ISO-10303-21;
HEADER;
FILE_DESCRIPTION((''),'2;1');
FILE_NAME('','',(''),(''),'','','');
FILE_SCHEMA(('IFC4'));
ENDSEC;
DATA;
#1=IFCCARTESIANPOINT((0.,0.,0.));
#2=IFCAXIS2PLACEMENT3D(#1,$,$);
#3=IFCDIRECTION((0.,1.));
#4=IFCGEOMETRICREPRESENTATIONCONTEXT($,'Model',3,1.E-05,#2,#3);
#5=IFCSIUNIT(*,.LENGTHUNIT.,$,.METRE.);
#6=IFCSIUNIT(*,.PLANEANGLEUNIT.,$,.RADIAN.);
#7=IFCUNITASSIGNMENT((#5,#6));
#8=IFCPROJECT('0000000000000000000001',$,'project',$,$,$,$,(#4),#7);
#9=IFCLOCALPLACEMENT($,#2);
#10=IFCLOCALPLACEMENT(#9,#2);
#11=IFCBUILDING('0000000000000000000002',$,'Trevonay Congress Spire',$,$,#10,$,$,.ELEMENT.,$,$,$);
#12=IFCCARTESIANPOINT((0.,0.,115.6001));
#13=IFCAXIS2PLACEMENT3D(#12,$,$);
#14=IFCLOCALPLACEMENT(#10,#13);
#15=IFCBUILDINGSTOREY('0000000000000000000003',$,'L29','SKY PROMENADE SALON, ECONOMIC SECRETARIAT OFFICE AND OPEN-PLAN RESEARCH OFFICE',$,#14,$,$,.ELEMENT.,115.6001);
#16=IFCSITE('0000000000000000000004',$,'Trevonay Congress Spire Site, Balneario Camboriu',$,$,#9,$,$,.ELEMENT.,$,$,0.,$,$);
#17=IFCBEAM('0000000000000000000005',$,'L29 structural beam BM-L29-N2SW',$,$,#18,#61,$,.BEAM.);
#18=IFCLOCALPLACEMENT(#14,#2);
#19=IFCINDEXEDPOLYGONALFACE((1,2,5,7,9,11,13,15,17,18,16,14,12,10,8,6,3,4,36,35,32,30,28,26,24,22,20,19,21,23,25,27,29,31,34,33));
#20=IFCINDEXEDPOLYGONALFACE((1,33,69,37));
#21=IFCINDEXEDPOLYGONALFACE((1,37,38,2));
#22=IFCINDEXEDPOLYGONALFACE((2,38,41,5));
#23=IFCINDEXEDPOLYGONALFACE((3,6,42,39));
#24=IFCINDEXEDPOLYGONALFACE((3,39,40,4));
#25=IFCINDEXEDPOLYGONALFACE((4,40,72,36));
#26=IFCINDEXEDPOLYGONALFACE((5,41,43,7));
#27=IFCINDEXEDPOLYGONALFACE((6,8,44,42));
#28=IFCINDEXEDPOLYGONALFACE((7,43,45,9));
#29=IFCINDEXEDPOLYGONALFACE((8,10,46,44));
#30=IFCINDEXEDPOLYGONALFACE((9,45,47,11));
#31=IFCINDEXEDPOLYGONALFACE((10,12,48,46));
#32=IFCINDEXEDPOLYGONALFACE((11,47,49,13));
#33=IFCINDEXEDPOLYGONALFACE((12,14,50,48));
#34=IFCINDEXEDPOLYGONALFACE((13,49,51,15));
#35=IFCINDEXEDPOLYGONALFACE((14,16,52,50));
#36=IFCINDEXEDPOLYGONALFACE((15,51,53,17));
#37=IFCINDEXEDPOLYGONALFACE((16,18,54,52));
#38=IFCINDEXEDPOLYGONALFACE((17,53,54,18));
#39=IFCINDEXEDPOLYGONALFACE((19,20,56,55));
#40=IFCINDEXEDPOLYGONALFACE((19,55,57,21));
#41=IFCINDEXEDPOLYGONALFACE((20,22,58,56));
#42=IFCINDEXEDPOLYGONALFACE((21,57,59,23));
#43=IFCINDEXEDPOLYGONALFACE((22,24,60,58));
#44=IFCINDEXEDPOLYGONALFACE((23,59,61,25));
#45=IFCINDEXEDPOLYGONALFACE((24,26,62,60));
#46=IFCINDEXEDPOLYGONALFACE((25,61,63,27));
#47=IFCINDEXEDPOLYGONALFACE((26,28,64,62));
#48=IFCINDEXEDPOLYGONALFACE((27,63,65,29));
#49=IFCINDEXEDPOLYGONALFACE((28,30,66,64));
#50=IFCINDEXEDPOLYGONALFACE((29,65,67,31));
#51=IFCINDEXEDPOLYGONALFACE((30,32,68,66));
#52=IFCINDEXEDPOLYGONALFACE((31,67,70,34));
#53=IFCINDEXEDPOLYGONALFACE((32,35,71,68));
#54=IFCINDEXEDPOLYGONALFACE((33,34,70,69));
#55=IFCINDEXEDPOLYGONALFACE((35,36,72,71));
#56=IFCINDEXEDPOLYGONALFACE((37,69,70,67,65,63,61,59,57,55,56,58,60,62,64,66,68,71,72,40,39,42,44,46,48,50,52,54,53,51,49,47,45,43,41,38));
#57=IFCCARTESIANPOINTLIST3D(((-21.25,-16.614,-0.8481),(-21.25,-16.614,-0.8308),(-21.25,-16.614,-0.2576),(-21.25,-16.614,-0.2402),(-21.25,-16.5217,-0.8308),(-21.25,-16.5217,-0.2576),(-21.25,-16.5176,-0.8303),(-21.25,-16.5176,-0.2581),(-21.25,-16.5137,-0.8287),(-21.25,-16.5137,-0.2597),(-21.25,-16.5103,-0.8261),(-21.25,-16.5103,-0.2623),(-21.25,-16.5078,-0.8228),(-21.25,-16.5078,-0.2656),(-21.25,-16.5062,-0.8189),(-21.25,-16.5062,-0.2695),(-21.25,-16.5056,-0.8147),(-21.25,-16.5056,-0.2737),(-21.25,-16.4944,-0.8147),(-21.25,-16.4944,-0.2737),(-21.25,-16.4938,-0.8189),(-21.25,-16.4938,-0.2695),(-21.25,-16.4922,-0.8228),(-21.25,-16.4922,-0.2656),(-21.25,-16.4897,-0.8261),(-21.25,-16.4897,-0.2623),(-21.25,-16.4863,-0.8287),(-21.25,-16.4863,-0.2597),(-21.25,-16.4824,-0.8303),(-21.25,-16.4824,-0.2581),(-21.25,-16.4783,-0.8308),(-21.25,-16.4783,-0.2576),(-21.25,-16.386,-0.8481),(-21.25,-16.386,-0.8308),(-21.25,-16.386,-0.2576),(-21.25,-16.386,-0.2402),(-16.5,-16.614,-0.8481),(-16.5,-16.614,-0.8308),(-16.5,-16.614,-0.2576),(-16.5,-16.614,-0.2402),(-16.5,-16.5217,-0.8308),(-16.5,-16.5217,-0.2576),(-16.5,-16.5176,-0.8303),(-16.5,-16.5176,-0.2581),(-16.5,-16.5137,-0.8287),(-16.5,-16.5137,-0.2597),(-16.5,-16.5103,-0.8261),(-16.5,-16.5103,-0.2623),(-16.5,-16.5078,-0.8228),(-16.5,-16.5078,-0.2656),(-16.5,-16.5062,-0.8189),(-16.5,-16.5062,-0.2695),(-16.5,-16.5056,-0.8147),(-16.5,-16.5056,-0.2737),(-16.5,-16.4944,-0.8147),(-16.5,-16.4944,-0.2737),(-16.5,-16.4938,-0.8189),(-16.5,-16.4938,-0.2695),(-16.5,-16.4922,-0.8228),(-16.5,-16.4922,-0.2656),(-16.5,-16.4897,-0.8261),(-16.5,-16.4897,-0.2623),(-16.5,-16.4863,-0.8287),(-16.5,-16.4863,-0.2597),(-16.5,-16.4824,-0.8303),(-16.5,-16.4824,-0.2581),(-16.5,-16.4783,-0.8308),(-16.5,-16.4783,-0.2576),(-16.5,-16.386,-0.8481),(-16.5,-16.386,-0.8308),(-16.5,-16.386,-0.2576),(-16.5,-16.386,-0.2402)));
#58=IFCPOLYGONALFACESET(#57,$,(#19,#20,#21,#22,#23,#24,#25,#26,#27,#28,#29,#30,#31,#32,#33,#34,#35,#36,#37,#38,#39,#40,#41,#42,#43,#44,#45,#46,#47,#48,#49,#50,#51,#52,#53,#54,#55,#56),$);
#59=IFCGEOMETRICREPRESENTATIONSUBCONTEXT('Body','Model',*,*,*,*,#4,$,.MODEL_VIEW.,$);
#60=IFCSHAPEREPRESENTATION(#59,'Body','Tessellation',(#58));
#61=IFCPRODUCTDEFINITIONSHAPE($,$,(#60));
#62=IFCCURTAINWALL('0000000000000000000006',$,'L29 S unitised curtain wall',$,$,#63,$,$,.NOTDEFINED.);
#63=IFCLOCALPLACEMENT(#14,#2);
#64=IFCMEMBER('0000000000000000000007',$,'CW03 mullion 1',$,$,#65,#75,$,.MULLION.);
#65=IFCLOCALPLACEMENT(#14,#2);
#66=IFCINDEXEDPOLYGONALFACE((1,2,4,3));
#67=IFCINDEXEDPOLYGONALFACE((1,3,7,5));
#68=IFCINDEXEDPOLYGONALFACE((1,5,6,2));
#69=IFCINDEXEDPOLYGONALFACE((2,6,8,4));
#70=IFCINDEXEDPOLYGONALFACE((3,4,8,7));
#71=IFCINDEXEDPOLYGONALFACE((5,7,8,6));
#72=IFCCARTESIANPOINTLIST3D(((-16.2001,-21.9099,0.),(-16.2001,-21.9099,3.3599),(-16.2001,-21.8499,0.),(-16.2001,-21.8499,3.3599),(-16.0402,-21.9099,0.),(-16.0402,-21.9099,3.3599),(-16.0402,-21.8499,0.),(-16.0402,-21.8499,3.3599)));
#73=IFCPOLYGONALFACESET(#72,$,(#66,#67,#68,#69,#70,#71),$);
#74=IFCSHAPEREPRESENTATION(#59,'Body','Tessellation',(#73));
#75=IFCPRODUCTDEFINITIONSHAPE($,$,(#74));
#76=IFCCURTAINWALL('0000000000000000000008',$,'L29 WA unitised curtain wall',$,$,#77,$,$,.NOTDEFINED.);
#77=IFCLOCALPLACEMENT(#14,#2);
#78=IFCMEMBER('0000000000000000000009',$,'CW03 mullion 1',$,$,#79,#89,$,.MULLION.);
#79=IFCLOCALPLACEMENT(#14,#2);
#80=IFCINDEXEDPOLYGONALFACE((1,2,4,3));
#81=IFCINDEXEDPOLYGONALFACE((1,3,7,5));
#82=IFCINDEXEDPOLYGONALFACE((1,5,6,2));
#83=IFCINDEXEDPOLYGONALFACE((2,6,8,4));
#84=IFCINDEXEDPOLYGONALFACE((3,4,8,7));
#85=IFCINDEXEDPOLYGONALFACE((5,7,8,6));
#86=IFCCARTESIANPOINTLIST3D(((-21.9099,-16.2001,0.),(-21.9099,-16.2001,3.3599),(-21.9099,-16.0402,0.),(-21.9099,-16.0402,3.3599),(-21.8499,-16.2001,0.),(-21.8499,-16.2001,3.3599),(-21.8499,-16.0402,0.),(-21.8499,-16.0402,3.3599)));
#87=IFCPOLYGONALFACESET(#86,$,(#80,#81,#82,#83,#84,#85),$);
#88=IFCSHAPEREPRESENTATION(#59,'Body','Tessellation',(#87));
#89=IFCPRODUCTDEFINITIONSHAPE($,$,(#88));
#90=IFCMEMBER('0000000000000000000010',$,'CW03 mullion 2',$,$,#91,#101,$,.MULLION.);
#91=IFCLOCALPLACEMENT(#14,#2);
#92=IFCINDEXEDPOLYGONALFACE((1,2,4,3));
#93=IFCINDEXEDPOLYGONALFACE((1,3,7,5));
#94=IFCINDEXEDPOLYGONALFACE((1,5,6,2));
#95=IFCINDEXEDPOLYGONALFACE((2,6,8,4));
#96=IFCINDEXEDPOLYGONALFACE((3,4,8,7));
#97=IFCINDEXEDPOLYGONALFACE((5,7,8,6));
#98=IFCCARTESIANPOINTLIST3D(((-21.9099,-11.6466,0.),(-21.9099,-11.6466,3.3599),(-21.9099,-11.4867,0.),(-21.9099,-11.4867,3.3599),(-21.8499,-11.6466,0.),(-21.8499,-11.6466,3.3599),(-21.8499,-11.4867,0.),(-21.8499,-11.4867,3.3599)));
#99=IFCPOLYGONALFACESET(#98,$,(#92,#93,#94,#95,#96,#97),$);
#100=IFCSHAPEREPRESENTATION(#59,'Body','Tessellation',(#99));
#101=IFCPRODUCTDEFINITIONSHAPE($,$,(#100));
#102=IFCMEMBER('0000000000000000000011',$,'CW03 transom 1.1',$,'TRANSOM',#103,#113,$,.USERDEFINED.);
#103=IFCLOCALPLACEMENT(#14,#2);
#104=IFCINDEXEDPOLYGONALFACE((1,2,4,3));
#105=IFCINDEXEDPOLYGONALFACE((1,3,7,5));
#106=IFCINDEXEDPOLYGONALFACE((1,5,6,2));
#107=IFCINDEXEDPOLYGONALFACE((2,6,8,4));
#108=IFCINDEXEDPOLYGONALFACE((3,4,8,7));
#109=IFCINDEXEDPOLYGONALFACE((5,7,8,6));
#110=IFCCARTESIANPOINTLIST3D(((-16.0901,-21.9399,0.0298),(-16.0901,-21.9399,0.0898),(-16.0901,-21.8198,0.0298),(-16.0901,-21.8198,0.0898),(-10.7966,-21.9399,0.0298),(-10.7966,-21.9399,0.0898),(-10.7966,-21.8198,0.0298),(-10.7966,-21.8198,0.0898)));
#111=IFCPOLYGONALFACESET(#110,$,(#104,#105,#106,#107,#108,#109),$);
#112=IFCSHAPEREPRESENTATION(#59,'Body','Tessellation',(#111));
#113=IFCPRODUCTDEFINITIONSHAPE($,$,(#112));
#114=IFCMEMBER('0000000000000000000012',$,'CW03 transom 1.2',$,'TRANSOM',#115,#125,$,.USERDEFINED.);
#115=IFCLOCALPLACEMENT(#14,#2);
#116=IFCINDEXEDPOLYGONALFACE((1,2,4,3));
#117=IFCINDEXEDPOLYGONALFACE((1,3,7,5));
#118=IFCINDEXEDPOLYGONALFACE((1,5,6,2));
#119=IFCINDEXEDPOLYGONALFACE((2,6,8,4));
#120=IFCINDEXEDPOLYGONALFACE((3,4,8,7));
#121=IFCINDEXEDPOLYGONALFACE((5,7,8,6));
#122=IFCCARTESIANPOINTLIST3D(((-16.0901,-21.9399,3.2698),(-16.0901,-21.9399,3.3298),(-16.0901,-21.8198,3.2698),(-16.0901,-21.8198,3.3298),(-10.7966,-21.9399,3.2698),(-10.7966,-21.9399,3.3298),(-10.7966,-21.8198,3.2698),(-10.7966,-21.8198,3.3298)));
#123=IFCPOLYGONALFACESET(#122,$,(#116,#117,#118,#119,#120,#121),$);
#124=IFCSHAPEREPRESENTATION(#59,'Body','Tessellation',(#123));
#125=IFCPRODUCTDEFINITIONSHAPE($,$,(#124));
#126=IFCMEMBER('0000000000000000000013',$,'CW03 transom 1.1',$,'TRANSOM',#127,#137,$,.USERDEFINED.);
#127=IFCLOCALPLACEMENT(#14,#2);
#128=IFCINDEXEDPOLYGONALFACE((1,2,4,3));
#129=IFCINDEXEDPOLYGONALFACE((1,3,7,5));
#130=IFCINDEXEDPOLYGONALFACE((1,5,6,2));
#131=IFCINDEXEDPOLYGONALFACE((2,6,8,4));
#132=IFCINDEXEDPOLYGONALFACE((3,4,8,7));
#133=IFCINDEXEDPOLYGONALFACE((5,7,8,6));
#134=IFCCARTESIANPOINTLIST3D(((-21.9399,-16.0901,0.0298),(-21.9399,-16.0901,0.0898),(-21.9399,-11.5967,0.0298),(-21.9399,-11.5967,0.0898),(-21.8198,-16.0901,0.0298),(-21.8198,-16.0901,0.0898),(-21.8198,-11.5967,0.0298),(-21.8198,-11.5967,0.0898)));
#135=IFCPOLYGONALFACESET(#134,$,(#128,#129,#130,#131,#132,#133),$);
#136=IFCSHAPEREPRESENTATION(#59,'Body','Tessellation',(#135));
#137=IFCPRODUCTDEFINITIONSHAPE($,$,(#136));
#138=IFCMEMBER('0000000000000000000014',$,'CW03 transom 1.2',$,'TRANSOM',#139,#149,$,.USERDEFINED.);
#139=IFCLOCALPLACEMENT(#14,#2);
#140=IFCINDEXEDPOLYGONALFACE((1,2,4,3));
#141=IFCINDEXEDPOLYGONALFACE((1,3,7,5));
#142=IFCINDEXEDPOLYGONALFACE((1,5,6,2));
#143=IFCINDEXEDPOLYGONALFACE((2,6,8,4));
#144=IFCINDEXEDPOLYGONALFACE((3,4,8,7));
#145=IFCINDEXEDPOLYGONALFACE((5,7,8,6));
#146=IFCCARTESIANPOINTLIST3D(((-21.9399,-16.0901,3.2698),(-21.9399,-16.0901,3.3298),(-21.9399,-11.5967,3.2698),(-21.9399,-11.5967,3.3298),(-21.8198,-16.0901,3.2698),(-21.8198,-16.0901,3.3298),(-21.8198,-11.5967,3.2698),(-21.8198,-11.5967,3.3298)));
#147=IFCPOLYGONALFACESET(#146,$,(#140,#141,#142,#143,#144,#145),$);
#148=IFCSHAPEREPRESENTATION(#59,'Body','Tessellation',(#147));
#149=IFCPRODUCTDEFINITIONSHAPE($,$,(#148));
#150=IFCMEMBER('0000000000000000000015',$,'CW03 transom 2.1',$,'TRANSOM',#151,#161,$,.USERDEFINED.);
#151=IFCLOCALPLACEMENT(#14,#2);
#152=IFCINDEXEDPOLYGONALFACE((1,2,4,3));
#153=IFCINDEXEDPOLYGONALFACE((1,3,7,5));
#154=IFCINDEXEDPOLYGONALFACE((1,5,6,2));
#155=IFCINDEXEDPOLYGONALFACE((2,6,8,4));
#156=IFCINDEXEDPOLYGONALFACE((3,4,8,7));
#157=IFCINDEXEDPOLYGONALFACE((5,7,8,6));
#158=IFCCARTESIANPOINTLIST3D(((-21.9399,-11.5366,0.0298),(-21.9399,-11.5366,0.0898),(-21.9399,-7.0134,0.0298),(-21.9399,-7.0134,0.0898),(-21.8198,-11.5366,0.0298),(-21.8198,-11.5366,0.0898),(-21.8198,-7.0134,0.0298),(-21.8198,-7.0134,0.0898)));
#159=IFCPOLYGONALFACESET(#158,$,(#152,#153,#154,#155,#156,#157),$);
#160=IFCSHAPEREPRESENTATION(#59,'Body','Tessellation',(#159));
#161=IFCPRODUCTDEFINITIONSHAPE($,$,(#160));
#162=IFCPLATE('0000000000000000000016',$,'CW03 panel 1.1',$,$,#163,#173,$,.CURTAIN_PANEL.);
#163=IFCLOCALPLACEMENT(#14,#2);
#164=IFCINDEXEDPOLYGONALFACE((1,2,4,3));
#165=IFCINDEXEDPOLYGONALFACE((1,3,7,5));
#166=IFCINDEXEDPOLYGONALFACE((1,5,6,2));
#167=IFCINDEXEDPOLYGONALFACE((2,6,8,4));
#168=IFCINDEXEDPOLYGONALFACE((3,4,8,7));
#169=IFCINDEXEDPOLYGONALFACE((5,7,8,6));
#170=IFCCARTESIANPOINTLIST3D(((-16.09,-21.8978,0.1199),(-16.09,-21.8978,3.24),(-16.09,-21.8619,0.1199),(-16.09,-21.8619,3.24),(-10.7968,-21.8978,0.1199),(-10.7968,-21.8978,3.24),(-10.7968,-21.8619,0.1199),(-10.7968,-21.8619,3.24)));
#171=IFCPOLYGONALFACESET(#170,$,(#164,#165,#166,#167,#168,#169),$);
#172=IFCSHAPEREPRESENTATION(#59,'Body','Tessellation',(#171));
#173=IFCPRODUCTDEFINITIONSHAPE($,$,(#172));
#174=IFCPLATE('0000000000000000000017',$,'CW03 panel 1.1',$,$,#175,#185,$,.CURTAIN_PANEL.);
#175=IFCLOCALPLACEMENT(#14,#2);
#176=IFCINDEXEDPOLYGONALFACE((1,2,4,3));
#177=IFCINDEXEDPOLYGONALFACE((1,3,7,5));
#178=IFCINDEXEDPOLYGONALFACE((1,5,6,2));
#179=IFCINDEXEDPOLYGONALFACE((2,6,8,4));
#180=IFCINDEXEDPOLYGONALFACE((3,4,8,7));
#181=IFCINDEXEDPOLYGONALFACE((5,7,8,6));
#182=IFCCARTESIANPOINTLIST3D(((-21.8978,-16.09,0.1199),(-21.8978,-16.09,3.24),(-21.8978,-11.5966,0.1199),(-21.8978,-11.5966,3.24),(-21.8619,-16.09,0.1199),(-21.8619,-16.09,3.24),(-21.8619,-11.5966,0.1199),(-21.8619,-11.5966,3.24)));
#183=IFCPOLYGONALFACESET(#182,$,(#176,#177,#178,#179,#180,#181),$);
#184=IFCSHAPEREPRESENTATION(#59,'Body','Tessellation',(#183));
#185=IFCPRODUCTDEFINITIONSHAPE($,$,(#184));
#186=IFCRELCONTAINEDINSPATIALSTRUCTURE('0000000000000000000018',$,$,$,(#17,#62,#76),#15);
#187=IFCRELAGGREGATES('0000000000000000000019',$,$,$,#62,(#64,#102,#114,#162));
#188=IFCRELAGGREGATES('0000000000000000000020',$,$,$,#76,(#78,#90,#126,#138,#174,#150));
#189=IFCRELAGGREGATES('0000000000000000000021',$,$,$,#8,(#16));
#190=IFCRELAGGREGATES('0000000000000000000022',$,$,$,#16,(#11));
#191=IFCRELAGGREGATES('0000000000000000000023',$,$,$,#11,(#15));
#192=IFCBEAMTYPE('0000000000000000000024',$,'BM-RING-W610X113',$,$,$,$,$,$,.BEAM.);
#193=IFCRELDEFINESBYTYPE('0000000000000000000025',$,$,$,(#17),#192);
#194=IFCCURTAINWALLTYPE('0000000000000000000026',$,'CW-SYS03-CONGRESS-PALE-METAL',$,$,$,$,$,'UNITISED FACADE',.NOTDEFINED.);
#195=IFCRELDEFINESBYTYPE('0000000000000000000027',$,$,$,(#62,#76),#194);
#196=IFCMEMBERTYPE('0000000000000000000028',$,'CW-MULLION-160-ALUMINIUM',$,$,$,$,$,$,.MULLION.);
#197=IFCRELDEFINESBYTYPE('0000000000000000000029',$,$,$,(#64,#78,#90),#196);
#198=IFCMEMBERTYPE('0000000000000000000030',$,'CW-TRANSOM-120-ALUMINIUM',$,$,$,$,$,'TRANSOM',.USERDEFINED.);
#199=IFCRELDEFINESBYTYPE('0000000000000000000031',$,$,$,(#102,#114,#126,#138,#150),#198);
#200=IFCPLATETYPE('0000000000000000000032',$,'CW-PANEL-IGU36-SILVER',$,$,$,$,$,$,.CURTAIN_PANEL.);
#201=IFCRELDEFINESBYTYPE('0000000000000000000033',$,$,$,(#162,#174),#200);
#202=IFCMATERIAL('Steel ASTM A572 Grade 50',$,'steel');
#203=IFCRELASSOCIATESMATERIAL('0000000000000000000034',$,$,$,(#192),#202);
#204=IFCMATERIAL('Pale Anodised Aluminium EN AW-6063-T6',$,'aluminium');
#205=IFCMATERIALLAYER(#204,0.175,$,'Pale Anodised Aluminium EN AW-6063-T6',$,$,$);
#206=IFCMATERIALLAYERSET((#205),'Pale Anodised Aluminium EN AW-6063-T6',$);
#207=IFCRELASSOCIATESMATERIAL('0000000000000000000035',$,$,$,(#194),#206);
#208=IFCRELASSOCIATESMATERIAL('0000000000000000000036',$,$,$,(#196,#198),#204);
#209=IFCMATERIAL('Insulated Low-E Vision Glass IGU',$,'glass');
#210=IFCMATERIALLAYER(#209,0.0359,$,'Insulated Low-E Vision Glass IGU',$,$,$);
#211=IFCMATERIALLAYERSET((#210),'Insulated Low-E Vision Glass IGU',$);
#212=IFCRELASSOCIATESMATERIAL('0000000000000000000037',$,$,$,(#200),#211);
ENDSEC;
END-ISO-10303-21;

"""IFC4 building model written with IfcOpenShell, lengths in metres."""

from ifc_helpers import new_model, si_unit, direction, frame, origin, origin_2d, place, context, subcontext, project, spatial, rectangle, i_section, extrude, material, layer, layer_set, material_profile, profile_set, type_object, element, aggregate, save


model = new_model("IFC4")

# Units and contexts
model_context = context("Model", 3, precision=1e-05, world=origin(), true_north=direction((0.0, 1.0)))
body_context = subcontext(model_context, "Body", "Model", "MODEL_VIEW")
ifc_project = project(units=[si_unit("LENGTHUNIT", "METRE"), si_unit("PLANEANGLEUNIT", "RADIAN")], contexts=[model_context])

# Site, building, storey
site_placement = place(None, origin())
site = spatial("IfcSite", under=ifc_project, at=site_placement, Name="Trevonay Congress Spire Site, Balneario Camboriu", CompositionType="ELEMENT", RefElevation=0.0)
building_placement = place(site_placement, origin())
building = spatial("IfcBuilding", under=site, at=building_placement, Name="Trevonay Congress Spire", CompositionType="ELEMENT")
storey_placement = place(building_placement, frame((0.0, 0.0, 115.6001)))
storey = spatial("IfcBuildingStorey", under=building, at=storey_placement, Name="L29", Description="SKY PROMENADE SALON, ECONOMIC SECRETARIAT OFFICE AND OPEN-PLAN RESEARCH OFFICE", CompositionType="ELEMENT", Elevation=115.6001)

# Shared definitions
ifc_material_1 = material(Name="Steel ASTM A572 Grade 50", Category="steel")

# Beam
ifc_material_profile_1 = material_profile(ifc_material_1, i_section(OverallWidth=0.228, OverallDepth=0.6079, WebThickness=0.0112, FlangeThickness=0.0173, FilletRadius=0.0161, at=origin_2d()), Name="W610x113")
ifc_profile_set_1 = profile_set([ifc_material_profile_1], Name="Steel ASTM A572 Grade 50")
beam_type = type_object("IfcBeamType", Name="BM-RING-W610X113", PredefinedType="BEAM", material=ifc_profile_set_1)
for number, where, z_axis, x_axis, name in (
    (1, (-21.25, -16.5, -0.5442), (1.0, 0.0, 0.0), (0.0, 1.0, 0.0), "L29 structural beam BM-L29-N2SW"),
):
    element("IfcBeam", number, at=place(storey_placement, frame(where, z_axis=z_axis, x_axis=x_axis)), inside=storey, type_object=beam_type, Name=name, PredefinedType="BEAM", context=body_context, shape_type="SweptSolid", body=[
        extrude(i_section(OverallWidth=0.228, OverallDepth=0.6079, WebThickness=0.0112, FlangeThickness=0.0173, FilletRadius=0.0161, at=origin_2d()), origin(), (0.0, 0.0, 1.0), 4.75),
    ])

# Curtain wall, member
ifc_material_2 = material(Name="Pale Anodised Aluminium EN AW-6063-T6", Category="aluminium")
ifc_layer_1 = layer(ifc_material_2, 0.175, Name="Pale Anodised Aluminium EN AW-6063-T6")
ifc_layer_set_1 = layer_set([ifc_layer_1], Name="Pale Anodised Aluminium EN AW-6063-T6")
curtain_wall_type = type_object("IfcCurtainWallType", Name="CW-SYS03-CONGRESS-PALE-METAL", ElementType="UNITISED FACADE", PredefinedType="NOTDEFINED", material=ifc_layer_set_1)
curtain_wall_1_placement = place(storey_placement, origin())
curtain_wall_1 = element("IfcCurtainWall", 2, at=curtain_wall_1_placement, inside=storey, type_object=curtain_wall_type, Name="L29 S unitised curtain wall", PredefinedType="NOTDEFINED")
ifc_material_profile_2 = material_profile(ifc_material_2, rectangle(XDim=0.0601, YDim=0.1599, at=origin_2d()), Name="CW-MULLION-160-ALUMINIUM")
ifc_profile_set_2 = profile_set([ifc_material_profile_2], Name="Pale Anodised Aluminium EN AW-6063-T6")
member_type_1 = type_object("IfcMemberType", Name="CW-MULLION-160-ALUMINIUM", PredefinedType="MULLION", material=ifc_profile_set_2)
member_1_placement = place(storey_placement, frame((-16.1201, -21.8799, 0.0), z_axis=(0.0, 0.0, 1.0), x_axis=(0.0, 1.0, 0.0)))
member_1 = element("IfcMember", 3, at=member_1_placement, type_object=member_type_1, Name="CW03 mullion 1", PredefinedType="MULLION", context=body_context, shape_type="SweptSolid", body=[
    extrude(rectangle(XDim=0.0601, YDim=0.1599, at=origin_2d()), origin(), (0.0, 0.0, 1.0), 3.3599),
])

# Curtain wall, members
curtain_wall_2_placement = place(storey_placement, origin())
curtain_wall_2 = element("IfcCurtainWall", 4, at=curtain_wall_2_placement, inside=storey, type_object=curtain_wall_type, Name="L29 WA unitised curtain wall", PredefinedType="NOTDEFINED")
member_2_placement = place(storey_placement, frame((-21.8799, -16.1201, 0.0), z_axis=(0.0, 0.0, 1.0), x_axis=(-1.0, 0.0, 0.0)))
member_2 = element("IfcMember", 5, at=member_2_placement, type_object=member_type_1, Name="CW03 mullion 1", PredefinedType="MULLION", context=body_context, shape_type="SweptSolid", body=[
    extrude(rectangle(XDim=0.0601, YDim=0.1599, at=origin_2d()), origin(), (0.0, 0.0, 1.0), 3.3599),
])
member_3_placement = place(storey_placement, frame((-21.8799, -11.5667, 0.0), z_axis=(0.0, 0.0, 1.0), x_axis=(-1.0, 0.0, 0.0)))
member_3 = element("IfcMember", 6, at=member_3_placement, type_object=member_type_1, Name="CW03 mullion 2", PredefinedType="MULLION", context=body_context, shape_type="SweptSolid", body=[
    extrude(rectangle(XDim=0.0601, YDim=0.1599, at=origin_2d()), origin(), (0.0, 0.0, 1.0), 3.3599),
])

# Members
ifc_material_profile_3 = material_profile(ifc_material_2, rectangle(XDim=0.1201, YDim=0.0601, at=origin_2d()), Name="CW-TRANSOM-120-ALUMINIUM")
ifc_profile_set_3 = profile_set([ifc_material_profile_3], Name="Pale Anodised Aluminium EN AW-6063-T6")
member_type_2 = type_object("IfcMemberType", Name="CW-TRANSOM-120-ALUMINIUM", ElementType="TRANSOM", PredefinedType="USERDEFINED", material=ifc_profile_set_3)
member_4_placement = place(storey_placement, frame((-16.0901, -21.8799, 0.0598), z_axis=(1.0, 0.0, 0.0), x_axis=(0.0, 1.0, 0.0)))
member_4 = element("IfcMember", 7, at=member_4_placement, type_object=member_type_2, Name="CW03 transom 1.1", ObjectType="TRANSOM", PredefinedType="USERDEFINED", context=body_context, shape_type="SweptSolid", body=[
    extrude(rectangle(XDim=0.1201, YDim=0.0601, at=origin_2d()), origin(), (0.0, 0.0, 1.0), 5.2935),
])
member_5_placement = place(storey_placement, frame((-16.0901, -21.8799, 3.2998), z_axis=(1.0, 0.0, 0.0), x_axis=(0.0, 1.0, 0.0)))
member_5 = element("IfcMember", 8, at=member_5_placement, type_object=member_type_2, Name="CW03 transom 1.2", ObjectType="TRANSOM", PredefinedType="USERDEFINED", context=body_context, shape_type="SweptSolid", body=[
    extrude(rectangle(XDim=0.1201, YDim=0.0601, at=origin_2d()), origin(), (0.0, 0.0, 1.0), 5.2935),
])
member_6_placement = place(storey_placement, frame((-21.8799, -16.0901, 0.0598), z_axis=(0.0, 1.0, 0.0), x_axis=(-1.0, 0.0, 0.0)))
member_6 = element("IfcMember", 9, at=member_6_placement, type_object=member_type_2, Name="CW03 transom 1.1", ObjectType="TRANSOM", PredefinedType="USERDEFINED", context=body_context, shape_type="SweptSolid", body=[
    extrude(rectangle(XDim=0.1201, YDim=0.0601, at=origin_2d()), origin(), (0.0, 0.0, 1.0), 4.4934),
])
member_7_placement = place(storey_placement, frame((-21.8799, -16.0901, 3.2998), z_axis=(0.0, 1.0, 0.0), x_axis=(-1.0, 0.0, 0.0)))
member_7 = element("IfcMember", 10, at=member_7_placement, type_object=member_type_2, Name="CW03 transom 1.2", ObjectType="TRANSOM", PredefinedType="USERDEFINED", context=body_context, shape_type="SweptSolid", body=[
    extrude(rectangle(XDim=0.1201, YDim=0.0601, at=origin_2d()), origin(), (0.0, 0.0, 1.0), 4.4934),
])
member_8_placement = place(storey_placement, frame((-21.8799, -11.5366, 0.0598), z_axis=(0.0, 1.0, 0.0), x_axis=(-1.0, 0.0, 0.0)))
member_8 = element("IfcMember", 11, at=member_8_placement, type_object=member_type_2, Name="CW03 transom 2.1", ObjectType="TRANSOM", PredefinedType="USERDEFINED", context=body_context, shape_type="SweptSolid", body=[
    extrude(rectangle(XDim=0.1201, YDim=0.0601, at=origin_2d()), origin(), (0.0, 0.0, 1.0), 4.5232),
])

# Plates
ifc_material_3 = material(Name="Insulated Low-E Vision Glass IGU", Category="glass")
ifc_layer_2 = layer(ifc_material_3, 0.0359, Name="Insulated Low-E Vision Glass IGU")
ifc_layer_set_2 = layer_set([ifc_layer_2], Name="Insulated Low-E Vision Glass IGU")
plate_type = type_object("IfcPlateType", Name="CW-PANEL-IGU36-SILVER", PredefinedType="CURTAIN_PANEL", material=ifc_layer_set_2)
plate_1_placement = place(storey_placement, frame((-13.4434, -21.8799, 0.1199), z_axis=(0.0, 0.0, 1.0), x_axis=(1.0, 0.0, 0.0)))
plate_1 = element("IfcPlate", 12, at=plate_1_placement, type_object=plate_type, Name="CW03 panel 1.1", PredefinedType="CURTAIN_PANEL", context=body_context, shape_type="SweptSolid", body=[
    extrude(rectangle(XDim=5.2932, YDim=0.0359, at=origin_2d()), origin(), (0.0, 0.0, 1.0), 3.1201),
])
aggregate(curtain_wall_1, [member_1, member_4, member_5, plate_1])
plate_2_placement = place(storey_placement, frame((-21.8799, -13.8433, 0.1199), z_axis=(0.0, 0.0, 1.0), x_axis=(0.0, 1.0, 0.0)))
plate_2 = element("IfcPlate", 13, at=plate_2_placement, type_object=plate_type, Name="CW03 panel 1.1", PredefinedType="CURTAIN_PANEL", context=body_context, shape_type="SweptSolid", body=[
    extrude(rectangle(XDim=4.4934, YDim=0.0359, at=origin_2d()), origin(), (0.0, 0.0, 1.0), 3.1201),
])
aggregate(curtain_wall_2, [member_2, member_3, member_6, member_7, plate_2, member_8])

save(model, "model.ifc")
